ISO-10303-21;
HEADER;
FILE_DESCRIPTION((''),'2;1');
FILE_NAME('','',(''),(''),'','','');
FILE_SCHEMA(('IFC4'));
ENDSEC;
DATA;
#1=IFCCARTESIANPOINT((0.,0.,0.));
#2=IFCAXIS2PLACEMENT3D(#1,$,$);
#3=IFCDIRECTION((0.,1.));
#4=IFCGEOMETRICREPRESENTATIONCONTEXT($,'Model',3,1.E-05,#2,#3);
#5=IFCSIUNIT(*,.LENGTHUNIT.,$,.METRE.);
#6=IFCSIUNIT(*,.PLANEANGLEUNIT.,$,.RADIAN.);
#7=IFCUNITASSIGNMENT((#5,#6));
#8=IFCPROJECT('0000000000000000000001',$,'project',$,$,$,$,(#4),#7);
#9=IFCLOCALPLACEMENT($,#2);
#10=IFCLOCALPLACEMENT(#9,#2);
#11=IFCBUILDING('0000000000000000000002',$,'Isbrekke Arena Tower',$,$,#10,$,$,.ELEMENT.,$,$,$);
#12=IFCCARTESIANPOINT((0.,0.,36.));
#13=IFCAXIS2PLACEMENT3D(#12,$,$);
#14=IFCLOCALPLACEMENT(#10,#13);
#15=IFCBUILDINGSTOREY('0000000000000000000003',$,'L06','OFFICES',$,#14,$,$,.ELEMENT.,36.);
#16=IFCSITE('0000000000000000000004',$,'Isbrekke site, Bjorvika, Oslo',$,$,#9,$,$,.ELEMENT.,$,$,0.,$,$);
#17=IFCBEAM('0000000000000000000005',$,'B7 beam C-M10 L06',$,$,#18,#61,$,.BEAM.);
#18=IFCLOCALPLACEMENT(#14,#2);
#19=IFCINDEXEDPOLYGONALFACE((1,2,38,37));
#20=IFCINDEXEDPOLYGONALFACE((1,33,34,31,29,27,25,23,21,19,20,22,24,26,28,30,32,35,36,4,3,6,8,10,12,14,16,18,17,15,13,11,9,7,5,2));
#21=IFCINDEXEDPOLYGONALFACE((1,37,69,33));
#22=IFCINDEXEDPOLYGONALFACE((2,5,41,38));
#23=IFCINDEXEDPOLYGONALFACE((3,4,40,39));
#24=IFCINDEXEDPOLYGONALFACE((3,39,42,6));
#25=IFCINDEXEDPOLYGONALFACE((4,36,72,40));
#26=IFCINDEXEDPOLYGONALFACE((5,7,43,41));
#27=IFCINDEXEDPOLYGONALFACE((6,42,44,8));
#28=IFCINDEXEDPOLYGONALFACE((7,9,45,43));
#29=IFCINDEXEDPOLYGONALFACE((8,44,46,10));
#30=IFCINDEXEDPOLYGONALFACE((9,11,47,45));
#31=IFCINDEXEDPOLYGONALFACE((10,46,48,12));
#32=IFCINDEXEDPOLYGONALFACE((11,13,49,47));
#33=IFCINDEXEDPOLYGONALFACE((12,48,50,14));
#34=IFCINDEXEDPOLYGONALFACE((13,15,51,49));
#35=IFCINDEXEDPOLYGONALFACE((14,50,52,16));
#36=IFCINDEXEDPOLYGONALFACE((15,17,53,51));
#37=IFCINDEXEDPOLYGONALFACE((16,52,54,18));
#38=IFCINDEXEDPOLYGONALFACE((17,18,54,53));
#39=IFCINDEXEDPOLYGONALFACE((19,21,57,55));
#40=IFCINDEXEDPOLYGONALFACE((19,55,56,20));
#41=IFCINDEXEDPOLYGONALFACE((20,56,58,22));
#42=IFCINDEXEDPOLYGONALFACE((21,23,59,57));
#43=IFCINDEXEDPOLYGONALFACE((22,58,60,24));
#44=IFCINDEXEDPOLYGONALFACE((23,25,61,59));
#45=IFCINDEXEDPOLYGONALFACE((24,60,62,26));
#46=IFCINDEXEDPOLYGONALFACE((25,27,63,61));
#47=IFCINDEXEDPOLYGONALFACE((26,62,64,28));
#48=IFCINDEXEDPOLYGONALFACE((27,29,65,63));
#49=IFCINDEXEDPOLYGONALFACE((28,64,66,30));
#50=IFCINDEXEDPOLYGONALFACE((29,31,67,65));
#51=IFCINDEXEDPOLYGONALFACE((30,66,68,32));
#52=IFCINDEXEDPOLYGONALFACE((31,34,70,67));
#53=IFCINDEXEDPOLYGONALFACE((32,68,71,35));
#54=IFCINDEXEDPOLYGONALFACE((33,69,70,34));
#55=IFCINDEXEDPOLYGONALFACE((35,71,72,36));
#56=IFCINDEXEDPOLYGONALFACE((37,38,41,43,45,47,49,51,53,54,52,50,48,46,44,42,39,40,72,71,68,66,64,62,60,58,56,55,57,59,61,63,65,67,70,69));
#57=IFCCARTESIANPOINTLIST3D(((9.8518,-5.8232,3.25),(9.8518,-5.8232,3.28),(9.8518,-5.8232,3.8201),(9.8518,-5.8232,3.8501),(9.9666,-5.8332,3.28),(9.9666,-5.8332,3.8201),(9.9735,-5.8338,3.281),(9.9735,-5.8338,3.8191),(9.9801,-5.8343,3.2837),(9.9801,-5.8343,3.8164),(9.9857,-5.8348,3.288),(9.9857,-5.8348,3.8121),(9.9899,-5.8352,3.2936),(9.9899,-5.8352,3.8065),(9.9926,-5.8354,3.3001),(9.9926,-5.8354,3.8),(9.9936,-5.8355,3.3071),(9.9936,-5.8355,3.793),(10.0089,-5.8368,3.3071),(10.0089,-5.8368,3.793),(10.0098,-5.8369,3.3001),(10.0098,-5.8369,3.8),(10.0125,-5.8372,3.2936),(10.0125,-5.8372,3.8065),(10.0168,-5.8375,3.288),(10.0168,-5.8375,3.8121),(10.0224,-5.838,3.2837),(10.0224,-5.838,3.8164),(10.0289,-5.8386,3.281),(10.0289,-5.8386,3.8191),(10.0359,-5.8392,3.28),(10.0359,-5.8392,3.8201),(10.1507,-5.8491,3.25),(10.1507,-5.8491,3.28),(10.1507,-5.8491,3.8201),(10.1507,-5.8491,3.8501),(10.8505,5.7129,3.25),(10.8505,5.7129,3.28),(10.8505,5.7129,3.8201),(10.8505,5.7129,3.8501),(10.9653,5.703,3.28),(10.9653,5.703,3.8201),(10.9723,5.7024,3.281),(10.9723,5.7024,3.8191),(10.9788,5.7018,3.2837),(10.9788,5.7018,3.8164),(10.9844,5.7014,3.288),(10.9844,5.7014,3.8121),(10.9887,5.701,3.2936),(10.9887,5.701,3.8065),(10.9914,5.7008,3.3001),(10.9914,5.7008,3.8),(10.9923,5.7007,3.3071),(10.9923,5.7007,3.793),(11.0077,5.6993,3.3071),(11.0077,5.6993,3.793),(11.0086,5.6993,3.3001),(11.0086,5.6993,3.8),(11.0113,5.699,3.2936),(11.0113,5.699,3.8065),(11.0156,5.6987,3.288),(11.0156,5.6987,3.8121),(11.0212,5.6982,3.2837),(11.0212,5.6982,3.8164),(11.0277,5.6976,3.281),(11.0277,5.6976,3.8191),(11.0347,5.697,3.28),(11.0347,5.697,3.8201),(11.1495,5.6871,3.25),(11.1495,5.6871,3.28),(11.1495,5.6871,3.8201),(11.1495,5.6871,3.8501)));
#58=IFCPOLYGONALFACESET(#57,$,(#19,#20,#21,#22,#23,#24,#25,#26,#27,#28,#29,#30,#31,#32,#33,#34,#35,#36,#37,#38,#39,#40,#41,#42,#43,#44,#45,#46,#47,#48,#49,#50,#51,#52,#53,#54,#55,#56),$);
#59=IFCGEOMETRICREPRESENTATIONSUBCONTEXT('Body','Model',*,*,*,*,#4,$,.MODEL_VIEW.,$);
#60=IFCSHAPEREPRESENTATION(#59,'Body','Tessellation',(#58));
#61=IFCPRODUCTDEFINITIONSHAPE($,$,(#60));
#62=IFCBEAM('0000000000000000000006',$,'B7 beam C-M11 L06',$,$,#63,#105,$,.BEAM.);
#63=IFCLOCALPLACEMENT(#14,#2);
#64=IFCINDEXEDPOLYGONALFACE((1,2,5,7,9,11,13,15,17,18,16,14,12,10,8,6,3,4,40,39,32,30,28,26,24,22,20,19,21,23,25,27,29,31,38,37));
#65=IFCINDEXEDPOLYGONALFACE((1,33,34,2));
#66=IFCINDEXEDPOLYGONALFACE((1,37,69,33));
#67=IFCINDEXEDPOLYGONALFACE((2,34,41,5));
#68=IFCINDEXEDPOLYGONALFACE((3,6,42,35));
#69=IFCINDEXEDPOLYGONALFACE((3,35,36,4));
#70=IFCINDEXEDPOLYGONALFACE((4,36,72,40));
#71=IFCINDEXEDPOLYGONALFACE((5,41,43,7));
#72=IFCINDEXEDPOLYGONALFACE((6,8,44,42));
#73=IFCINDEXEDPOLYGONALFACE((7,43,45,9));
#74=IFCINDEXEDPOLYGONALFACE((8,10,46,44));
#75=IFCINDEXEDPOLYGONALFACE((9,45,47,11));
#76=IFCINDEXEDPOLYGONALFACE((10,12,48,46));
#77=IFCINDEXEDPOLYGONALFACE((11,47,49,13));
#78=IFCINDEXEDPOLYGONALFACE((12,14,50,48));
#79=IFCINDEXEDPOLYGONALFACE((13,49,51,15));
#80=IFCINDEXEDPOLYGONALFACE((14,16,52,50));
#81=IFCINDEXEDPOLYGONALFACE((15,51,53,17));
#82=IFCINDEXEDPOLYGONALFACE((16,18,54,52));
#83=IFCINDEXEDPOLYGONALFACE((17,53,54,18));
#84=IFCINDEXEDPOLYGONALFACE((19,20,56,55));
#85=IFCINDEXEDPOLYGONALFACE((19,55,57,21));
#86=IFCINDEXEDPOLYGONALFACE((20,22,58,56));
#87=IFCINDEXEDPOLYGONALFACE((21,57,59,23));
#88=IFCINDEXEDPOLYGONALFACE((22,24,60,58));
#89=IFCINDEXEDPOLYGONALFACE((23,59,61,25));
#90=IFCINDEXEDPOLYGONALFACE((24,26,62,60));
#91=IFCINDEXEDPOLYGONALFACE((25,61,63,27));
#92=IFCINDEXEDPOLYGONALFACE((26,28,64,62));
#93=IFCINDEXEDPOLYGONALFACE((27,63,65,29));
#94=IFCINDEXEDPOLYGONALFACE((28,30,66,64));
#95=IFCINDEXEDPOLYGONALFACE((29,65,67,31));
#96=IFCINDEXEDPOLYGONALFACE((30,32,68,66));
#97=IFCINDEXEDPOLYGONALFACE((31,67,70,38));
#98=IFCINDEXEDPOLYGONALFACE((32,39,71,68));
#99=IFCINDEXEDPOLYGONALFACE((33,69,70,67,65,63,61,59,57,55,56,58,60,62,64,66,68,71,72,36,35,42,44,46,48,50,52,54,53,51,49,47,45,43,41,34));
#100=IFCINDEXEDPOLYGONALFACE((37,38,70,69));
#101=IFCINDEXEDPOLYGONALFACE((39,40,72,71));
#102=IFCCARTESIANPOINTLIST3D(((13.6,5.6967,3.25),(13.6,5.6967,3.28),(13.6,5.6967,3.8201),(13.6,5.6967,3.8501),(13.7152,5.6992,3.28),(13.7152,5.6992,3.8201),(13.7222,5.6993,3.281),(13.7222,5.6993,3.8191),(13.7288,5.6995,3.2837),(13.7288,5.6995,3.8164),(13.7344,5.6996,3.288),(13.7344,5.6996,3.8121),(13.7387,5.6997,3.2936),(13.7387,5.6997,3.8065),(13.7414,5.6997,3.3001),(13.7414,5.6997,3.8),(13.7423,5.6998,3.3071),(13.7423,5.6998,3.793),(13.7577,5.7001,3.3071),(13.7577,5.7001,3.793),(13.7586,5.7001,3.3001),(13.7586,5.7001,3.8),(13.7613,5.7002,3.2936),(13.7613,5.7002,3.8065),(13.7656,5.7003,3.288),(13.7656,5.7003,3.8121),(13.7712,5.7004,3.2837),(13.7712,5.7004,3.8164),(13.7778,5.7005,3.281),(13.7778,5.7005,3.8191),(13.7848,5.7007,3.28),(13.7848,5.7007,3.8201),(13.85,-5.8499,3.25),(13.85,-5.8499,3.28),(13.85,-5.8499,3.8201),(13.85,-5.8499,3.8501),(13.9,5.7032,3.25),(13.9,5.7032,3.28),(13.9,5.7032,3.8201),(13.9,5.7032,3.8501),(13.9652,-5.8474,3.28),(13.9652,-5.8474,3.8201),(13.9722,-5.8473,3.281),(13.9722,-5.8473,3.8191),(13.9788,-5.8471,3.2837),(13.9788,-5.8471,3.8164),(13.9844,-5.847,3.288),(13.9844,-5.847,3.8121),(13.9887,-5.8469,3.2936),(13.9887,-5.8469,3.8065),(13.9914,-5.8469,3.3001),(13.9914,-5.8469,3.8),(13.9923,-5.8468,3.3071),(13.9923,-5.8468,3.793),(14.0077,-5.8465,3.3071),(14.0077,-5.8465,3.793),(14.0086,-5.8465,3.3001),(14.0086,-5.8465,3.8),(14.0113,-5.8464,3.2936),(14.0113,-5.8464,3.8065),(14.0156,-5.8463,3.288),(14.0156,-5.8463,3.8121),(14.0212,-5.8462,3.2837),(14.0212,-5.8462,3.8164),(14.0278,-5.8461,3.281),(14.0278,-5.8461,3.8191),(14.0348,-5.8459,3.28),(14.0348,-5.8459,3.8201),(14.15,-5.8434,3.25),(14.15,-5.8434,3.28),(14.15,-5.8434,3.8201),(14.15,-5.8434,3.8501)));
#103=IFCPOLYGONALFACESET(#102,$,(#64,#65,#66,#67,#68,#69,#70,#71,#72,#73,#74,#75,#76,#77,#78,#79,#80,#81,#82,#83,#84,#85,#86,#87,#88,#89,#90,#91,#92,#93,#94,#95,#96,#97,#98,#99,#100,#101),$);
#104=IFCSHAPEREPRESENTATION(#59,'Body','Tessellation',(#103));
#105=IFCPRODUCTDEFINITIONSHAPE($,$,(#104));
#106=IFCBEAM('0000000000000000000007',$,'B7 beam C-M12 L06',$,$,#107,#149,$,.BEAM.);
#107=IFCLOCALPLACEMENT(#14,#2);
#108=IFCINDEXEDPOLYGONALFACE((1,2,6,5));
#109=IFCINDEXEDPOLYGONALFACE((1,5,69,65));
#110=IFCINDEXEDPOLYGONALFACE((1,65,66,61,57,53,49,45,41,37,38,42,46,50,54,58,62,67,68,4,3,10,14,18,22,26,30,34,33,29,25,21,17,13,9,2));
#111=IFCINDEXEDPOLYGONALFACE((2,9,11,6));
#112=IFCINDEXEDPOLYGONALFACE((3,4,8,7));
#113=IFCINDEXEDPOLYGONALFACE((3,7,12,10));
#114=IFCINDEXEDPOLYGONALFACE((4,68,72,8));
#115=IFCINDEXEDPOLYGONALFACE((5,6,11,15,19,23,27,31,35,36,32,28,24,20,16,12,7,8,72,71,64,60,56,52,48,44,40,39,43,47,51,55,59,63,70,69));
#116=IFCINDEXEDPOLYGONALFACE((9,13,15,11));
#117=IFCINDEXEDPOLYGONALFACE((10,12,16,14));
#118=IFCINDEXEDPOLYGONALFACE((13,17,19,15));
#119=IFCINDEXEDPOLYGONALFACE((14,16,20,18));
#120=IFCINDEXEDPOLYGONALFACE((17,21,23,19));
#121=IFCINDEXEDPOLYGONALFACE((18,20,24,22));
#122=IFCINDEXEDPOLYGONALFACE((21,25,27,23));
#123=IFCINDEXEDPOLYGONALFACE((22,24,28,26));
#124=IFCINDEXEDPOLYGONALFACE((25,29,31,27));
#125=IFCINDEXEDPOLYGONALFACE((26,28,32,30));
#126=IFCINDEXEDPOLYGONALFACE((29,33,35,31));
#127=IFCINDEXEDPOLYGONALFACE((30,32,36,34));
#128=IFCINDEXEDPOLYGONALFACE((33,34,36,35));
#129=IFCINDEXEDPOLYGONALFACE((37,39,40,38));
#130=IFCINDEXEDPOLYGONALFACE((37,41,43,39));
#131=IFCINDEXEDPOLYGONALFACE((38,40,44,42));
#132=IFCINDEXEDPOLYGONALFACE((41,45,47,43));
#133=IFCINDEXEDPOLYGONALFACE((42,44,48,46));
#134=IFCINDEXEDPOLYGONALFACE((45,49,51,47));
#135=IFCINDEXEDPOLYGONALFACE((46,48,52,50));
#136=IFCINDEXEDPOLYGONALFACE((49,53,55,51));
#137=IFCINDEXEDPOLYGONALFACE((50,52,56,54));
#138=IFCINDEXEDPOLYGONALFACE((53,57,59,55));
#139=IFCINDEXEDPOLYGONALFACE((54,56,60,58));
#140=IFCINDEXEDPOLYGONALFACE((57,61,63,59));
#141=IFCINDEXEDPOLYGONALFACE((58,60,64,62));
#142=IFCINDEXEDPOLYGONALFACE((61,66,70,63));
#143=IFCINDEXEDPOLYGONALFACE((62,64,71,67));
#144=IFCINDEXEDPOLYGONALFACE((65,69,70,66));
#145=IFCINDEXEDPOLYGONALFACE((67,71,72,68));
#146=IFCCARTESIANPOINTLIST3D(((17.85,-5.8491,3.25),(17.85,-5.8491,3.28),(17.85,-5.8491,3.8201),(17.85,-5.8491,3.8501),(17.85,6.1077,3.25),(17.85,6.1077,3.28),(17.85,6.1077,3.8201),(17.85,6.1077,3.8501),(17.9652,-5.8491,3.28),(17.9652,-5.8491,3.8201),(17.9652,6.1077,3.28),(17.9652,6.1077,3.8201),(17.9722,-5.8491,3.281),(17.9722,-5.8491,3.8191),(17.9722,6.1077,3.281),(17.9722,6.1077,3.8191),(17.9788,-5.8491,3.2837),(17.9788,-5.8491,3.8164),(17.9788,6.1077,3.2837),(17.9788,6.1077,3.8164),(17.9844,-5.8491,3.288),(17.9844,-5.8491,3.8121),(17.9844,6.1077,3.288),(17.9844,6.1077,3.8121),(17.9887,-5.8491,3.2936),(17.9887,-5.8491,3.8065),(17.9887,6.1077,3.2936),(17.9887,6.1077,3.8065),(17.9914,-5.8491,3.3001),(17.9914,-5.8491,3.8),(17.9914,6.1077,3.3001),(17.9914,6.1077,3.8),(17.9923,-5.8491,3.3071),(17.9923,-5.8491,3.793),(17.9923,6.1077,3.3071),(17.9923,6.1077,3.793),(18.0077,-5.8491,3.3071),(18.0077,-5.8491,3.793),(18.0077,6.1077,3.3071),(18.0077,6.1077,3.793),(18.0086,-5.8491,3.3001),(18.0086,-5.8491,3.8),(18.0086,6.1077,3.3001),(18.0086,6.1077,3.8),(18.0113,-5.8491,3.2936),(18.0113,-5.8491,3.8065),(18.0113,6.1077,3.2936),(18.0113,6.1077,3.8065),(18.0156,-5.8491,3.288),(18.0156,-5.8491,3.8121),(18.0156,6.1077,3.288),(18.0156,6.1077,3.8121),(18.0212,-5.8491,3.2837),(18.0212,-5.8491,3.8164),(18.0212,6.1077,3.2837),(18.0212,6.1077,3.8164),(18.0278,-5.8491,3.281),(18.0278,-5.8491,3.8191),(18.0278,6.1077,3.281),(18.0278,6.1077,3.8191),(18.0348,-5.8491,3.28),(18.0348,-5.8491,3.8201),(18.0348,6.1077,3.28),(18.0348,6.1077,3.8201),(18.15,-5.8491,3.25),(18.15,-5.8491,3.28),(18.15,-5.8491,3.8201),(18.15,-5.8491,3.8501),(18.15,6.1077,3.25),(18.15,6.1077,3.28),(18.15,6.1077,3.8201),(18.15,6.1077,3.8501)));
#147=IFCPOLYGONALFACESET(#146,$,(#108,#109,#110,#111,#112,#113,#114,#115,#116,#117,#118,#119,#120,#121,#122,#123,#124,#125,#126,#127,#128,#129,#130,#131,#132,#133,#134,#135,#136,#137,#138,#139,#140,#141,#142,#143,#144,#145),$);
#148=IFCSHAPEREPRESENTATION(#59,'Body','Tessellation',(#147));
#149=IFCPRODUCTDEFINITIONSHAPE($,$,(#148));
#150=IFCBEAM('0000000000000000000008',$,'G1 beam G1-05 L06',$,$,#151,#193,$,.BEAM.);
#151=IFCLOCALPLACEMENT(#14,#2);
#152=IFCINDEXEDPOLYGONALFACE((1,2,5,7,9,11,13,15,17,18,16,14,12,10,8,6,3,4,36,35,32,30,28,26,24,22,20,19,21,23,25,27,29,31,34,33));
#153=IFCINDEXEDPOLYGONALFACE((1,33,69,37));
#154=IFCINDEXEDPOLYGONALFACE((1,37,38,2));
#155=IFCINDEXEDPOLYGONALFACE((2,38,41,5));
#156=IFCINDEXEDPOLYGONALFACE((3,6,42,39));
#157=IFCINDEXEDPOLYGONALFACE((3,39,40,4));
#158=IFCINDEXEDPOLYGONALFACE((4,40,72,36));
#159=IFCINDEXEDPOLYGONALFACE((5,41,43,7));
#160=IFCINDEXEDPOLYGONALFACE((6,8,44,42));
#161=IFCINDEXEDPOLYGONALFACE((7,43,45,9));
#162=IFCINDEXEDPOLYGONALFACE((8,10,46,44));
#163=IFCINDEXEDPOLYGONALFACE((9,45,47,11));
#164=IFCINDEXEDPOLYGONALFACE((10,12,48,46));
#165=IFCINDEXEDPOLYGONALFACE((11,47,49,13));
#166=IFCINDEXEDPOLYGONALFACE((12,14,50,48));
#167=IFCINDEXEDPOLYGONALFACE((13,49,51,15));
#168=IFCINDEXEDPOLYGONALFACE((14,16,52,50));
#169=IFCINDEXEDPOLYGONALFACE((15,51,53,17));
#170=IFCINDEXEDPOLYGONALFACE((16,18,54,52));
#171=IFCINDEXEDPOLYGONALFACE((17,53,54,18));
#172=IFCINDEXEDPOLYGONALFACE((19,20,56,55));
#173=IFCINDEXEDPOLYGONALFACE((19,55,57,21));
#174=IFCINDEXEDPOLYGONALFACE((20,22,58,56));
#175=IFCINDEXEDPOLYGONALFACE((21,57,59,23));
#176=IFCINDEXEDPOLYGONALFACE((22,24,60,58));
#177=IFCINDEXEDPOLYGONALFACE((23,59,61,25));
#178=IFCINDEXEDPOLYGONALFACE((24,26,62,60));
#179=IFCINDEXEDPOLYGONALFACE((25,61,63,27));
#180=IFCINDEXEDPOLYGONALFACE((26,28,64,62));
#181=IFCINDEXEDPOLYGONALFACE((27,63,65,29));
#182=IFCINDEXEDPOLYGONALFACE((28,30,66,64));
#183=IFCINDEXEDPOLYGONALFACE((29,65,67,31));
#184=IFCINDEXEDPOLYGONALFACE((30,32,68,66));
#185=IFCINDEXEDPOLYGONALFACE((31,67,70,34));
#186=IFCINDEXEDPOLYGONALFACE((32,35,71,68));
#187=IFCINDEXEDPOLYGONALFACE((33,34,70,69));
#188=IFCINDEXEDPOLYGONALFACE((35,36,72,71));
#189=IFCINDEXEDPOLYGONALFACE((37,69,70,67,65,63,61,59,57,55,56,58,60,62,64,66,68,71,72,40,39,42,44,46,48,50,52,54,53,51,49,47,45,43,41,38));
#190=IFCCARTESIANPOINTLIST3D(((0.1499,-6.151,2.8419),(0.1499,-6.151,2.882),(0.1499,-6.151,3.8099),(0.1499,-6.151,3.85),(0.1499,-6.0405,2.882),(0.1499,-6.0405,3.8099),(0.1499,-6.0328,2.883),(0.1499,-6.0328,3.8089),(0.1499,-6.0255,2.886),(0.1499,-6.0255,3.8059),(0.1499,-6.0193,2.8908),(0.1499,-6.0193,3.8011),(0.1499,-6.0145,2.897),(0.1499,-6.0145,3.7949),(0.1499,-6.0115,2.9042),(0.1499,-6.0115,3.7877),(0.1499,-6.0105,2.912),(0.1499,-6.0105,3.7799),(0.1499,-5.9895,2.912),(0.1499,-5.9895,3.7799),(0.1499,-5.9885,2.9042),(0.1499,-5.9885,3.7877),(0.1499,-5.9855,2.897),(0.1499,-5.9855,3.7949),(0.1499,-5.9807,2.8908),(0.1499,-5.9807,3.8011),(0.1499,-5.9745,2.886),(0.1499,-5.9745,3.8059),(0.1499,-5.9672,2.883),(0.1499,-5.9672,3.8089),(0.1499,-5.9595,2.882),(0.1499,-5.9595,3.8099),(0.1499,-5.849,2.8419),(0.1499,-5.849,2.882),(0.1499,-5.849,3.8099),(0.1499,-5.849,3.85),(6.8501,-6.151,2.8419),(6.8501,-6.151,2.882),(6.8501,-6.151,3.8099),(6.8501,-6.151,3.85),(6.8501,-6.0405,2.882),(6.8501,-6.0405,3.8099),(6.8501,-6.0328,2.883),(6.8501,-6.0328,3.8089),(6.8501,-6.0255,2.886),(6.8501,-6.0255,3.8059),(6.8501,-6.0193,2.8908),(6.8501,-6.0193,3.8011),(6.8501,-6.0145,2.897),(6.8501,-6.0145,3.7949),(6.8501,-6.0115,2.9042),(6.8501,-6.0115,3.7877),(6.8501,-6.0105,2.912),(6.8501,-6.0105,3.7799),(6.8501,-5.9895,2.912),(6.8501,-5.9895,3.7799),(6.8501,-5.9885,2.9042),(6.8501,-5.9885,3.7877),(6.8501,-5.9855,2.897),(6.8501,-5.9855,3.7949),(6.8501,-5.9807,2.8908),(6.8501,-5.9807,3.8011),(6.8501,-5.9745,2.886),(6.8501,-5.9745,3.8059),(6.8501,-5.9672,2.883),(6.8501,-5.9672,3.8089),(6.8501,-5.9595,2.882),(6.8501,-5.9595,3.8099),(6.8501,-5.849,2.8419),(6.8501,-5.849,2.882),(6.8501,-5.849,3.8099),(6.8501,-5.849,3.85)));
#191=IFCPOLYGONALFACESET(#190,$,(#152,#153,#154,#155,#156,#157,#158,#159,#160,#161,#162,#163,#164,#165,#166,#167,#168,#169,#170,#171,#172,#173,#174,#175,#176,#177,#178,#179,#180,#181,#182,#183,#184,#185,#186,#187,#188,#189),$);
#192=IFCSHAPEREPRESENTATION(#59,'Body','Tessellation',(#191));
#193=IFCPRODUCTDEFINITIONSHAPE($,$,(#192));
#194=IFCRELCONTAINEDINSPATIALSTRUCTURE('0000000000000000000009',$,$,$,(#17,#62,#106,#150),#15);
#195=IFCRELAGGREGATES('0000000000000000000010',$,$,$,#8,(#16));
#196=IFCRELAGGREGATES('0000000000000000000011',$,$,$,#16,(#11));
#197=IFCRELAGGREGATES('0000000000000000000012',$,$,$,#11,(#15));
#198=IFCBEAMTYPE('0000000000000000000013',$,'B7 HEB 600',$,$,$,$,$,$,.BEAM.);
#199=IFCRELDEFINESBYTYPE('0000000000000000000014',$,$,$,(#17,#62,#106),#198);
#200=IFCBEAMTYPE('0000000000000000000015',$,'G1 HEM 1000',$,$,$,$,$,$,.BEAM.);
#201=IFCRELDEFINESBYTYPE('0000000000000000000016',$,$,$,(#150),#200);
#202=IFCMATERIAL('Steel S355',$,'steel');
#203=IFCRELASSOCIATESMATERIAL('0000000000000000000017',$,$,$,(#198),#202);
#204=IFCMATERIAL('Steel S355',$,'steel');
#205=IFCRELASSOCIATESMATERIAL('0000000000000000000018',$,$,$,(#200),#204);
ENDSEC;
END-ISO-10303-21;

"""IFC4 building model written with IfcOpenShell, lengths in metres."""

from ifc_helpers import new_model, si_unit, direction, frame, origin, origin_2d, place, context, subcontext, project, spatial, i_section, extrude, material, material_profile, profile_set, type_object, element, save


model = new_model("IFC4")

# Units and contexts
model_context = context("Model", 3, precision=1e-05, world=origin(), true_north=direction((0.0, 1.0)))
body_context = subcontext(model_context, "Body", "Model", "MODEL_VIEW")
ifc_project = project(units=[si_unit("LENGTHUNIT", "METRE"), si_unit("PLANEANGLEUNIT", "RADIAN")], contexts=[model_context])

# Site, building, storey
site_placement = place(None, origin())
site = spatial("IfcSite", under=ifc_project, at=site_placement, Name="Isbrekke site, Bjorvika, Oslo", CompositionType="ELEMENT", RefElevation=0.0)
building_placement = place(site_placement, origin())
building = spatial("IfcBuilding", under=site, at=building_placement, Name="Isbrekke Arena Tower", CompositionType="ELEMENT")
storey_placement = place(building_placement, frame((0.0, 0.0, 36.0)))
storey = spatial("IfcBuildingStorey", under=building, at=storey_placement, Name="L06", Description="OFFICES", CompositionType="ELEMENT", Elevation=36.0)

# Beams
ifc_material_1 = material(Name="Steel S355", Category="steel")
ifc_material_profile_1 = material_profile(ifc_material_1, i_section(OverallWidth=0.3, OverallDepth=0.6001, WebThickness=0.0154, FlangeThickness=0.03, FilletRadius=0.0271, at=origin_2d()), Name="HEB 600")
ifc_profile_set_1 = profile_set([ifc_material_profile_1], Name="Steel S355")
beam_type_1 = type_object("IfcBeamType", Name="B7 HEB 600", PredefinedType="BEAM", material=ifc_profile_set_1)
beam_1_placement = place(storey_placement, frame((10.0012, -5.8362, 3.55), z_axis=(0.086256, 0.996273, 0.0), x_axis=(-0.996273, 0.086256, 0.0)))
element("IfcBeam", 1, at=beam_1_placement, inside=storey, type_object=beam_type_1, Name="B7 beam C-M10 L06", PredefinedType="BEAM", context=body_context, shape_type="SweptSolid", body=[
    extrude(i_section(OverallWidth=0.3, OverallDepth=0.6001, WebThickness=0.0154, FlangeThickness=0.03, FilletRadius=0.0271, at=origin_2d()), origin(), (0.0, 0.0, 1.0), 11.5793),
])
beam_2_placement = place(storey_placement, frame((14.0, -5.8467, 3.55), z_axis=(-0.021646, 0.999766, 0.0), x_axis=(-0.999766, -0.021646, 0.0)))
element("IfcBeam", 2, at=beam_2_placement, inside=storey, type_object=beam_type_1, Name="B7 beam C-M11 L06", PredefinedType="BEAM", context=body_context, shape_type="SweptSolid", body=[
    extrude(i_section(OverallWidth=0.3, OverallDepth=0.6001, WebThickness=0.0154, FlangeThickness=0.03, FilletRadius=0.0271, at=origin_2d()), origin(), (0.0, 0.0, 1.0), 11.5493),
])
beam_3_placement = place(storey_placement, frame((18.0, -5.8491, 3.55), z_axis=(0.0, 1.0, 0.0), x_axis=(-1.0, 0.0, 0.0)))
element("IfcBeam", 3, at=beam_3_placement, inside=storey, type_object=beam_type_1, Name="B7 beam C-M12 L06", PredefinedType="BEAM", context=body_context, shape_type="SweptSolid", body=[
    extrude(i_section(OverallWidth=0.3, OverallDepth=0.6001, WebThickness=0.0154, FlangeThickness=0.03, FilletRadius=0.0271, at=origin_2d()), origin(), (0.0, 0.0, 1.0), 11.9568),
])
ifc_material_2 = material(Name="Steel S355", Category="steel")
ifc_material_profile_2 = material_profile(ifc_material_2, i_section(OverallWidth=0.302, OverallDepth=1.0081, WebThickness=0.021, FlangeThickness=0.04, FilletRadius=0.03, at=origin_2d()), Name="HEM 1000")
ifc_profile_set_2 = profile_set([ifc_material_profile_2], Name="Steel S355")
beam_type_2 = type_object("IfcBeamType", Name="G1 HEM 1000", PredefinedType="BEAM", material=ifc_profile_set_2)
for number, where, z_axis, x_axis, name in (
    (4, (0.1499, -6.0, 3.3459), (1.0, 0.0, 0.0), (0.0, 1.0, 0.0), "G1 beam G1-05 L06"),
):
    element("IfcBeam", number, at=place(storey_placement, frame(where, z_axis=z_axis, x_axis=x_axis)), inside=storey, type_object=beam_type_2, Name=name, PredefinedType="BEAM", context=body_context, shape_type="SweptSolid", body=[
        extrude(i_section(OverallWidth=0.302, OverallDepth=1.0081, WebThickness=0.021, FlangeThickness=0.04, FilletRadius=0.03, at=origin_2d()), origin(), (0.0, 0.0, 1.0), 6.7002),
    ])

save(model, "model.ifc")
